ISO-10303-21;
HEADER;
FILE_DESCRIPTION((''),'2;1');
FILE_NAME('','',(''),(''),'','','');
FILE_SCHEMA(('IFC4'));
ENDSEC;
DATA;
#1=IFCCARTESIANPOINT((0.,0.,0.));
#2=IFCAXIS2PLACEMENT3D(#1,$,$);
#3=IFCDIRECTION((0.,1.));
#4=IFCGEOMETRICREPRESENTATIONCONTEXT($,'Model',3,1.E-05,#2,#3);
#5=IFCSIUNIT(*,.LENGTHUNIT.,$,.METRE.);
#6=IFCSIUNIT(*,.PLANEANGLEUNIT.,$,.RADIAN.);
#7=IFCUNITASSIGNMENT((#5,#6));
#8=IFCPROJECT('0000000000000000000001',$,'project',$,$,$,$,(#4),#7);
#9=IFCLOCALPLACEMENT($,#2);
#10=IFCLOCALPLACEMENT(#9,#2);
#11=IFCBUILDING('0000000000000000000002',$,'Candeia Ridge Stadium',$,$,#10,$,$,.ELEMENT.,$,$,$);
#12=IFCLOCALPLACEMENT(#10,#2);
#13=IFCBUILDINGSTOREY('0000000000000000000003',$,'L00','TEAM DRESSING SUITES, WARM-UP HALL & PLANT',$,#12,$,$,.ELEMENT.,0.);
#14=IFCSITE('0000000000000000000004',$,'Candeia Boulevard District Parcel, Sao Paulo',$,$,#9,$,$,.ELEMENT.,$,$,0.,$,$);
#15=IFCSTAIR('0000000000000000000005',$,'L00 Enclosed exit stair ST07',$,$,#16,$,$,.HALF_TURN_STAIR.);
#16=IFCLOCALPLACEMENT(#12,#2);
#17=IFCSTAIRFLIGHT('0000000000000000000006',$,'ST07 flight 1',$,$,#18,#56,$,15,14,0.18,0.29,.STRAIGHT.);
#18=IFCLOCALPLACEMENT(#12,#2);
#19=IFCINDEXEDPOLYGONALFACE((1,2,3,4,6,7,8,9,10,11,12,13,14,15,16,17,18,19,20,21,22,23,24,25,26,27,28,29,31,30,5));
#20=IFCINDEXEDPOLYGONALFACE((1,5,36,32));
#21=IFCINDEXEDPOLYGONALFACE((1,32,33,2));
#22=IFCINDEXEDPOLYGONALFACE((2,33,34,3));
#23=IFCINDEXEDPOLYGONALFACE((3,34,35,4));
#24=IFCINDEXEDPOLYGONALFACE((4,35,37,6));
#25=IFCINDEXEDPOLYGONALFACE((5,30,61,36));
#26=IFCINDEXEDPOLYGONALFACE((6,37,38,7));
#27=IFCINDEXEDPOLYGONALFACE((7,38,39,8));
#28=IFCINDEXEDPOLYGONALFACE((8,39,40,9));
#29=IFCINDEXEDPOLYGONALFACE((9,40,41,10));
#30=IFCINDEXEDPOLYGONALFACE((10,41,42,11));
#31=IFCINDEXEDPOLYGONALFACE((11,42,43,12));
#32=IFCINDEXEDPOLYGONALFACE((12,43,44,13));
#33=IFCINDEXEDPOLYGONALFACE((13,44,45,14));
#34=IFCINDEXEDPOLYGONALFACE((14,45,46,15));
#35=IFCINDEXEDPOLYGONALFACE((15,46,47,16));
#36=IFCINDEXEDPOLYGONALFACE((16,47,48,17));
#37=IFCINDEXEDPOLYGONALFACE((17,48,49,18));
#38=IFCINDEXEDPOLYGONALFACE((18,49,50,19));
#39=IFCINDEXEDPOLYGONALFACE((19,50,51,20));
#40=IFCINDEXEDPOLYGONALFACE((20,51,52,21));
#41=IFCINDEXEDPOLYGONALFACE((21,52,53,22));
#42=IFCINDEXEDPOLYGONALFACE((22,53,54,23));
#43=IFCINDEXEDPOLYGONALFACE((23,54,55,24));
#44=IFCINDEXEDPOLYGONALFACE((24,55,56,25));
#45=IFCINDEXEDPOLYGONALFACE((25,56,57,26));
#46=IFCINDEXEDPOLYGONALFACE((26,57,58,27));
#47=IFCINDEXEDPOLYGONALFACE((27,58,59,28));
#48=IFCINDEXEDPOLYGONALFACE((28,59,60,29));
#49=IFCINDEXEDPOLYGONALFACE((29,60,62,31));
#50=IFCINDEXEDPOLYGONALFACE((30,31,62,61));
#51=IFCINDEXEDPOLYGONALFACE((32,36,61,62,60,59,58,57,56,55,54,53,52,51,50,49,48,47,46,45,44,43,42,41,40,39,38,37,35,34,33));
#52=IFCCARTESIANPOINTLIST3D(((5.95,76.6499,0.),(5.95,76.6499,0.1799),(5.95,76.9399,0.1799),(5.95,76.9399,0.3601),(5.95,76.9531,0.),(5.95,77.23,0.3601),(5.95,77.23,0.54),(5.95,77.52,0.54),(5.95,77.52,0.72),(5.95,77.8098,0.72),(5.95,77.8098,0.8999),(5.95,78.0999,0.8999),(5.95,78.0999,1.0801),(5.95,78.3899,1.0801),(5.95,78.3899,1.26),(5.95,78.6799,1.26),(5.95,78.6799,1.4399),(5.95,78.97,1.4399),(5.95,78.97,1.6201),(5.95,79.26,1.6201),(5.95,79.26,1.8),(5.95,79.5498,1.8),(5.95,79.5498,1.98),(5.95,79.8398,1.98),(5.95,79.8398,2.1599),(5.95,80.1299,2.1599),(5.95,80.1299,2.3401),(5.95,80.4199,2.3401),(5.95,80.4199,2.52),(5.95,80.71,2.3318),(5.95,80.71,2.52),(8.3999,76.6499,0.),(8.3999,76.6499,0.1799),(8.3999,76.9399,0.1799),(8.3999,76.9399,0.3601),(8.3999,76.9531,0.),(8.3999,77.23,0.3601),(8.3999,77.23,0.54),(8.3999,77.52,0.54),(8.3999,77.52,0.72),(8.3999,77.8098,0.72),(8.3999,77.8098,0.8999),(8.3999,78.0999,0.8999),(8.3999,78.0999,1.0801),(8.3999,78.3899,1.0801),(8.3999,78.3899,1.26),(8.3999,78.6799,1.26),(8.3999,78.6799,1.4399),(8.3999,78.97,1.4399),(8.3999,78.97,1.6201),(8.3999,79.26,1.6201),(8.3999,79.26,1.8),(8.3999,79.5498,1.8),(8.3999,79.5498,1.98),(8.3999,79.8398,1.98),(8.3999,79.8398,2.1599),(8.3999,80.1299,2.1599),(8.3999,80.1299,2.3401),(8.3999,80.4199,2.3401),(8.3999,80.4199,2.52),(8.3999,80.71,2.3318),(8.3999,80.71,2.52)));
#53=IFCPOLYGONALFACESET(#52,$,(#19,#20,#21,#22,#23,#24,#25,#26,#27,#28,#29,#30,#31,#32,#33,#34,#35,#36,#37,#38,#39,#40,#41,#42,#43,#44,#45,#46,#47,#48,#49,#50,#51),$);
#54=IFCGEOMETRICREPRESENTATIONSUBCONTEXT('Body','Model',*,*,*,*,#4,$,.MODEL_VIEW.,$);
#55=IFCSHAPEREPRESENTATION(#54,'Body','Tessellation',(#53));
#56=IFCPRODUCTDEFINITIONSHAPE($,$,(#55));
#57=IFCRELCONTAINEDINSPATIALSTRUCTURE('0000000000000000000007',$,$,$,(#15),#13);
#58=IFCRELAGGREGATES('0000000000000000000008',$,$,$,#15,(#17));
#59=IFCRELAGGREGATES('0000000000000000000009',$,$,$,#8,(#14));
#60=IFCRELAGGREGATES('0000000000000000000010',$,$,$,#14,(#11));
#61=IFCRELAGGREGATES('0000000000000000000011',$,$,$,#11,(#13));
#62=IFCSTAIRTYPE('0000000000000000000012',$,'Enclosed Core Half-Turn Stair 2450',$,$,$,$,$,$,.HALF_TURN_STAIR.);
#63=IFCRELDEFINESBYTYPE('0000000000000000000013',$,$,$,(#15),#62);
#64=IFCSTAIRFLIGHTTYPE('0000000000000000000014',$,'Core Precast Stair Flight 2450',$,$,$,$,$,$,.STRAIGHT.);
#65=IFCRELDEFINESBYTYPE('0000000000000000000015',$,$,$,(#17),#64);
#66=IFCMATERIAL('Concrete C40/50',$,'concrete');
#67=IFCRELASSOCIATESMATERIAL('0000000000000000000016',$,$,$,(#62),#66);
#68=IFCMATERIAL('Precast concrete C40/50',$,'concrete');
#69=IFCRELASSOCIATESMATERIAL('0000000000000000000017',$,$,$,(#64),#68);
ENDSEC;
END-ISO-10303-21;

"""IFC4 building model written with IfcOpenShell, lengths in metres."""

from ifc_helpers import new_model, si_unit, direction, frame, origin, place, context, subcontext, project, spatial, polyline, outline, extrude, material, type_object, element, aggregate, save


model = new_model("IFC4")

# Units and contexts
model_context = context("Model", 3, precision=1e-05, world=origin(), true_north=direction((0.0, 1.0)))
body_context = subcontext(model_context, "Body", "Model", "MODEL_VIEW")
ifc_project = project(units=[si_unit("LENGTHUNIT", "METRE"), si_unit("PLANEANGLEUNIT", "RADIAN")], contexts=[model_context])

# Site, building, storey
site_placement = place(None, origin())
site = spatial("IfcSite", under=ifc_project, at=site_placement, Name="Candeia Boulevard District Parcel, Sao Paulo", CompositionType="ELEMENT", RefElevation=0.0)
building_placement = place(site_placement, origin())
building = spatial("IfcBuilding", under=site, at=building_placement, Name="Candeia Ridge Stadium", CompositionType="ELEMENT")
storey_placement = place(building_placement, origin())
storey = spatial("IfcBuildingStorey", under=building, at=storey_placement, Name="L00", Description="TEAM DRESSING SUITES, WARM-UP HALL & PLANT", CompositionType="ELEMENT", Elevation=0.0)

# Shared definitions
ifc_material_1 = material(Name="Concrete C40/50", Category="concrete")

# Stair, stair flight
stair_type = type_object("IfcStairType", Name="Enclosed Core Half-Turn Stair 2450", PredefinedType="HALF_TURN_STAIR", material=ifc_material_1)
stair_placement = place(storey_placement, origin())
stair = element("IfcStair", 1, at=stair_placement, inside=storey, type_object=stair_type, Name="L00 Enclosed exit stair ST07", PredefinedType="HALF_TURN_STAIR")
ifc_material_2 = material(Name="Precast concrete C40/50", Category="concrete")
stair_flight_type = type_object("IfcStairFlightType", Name="Core Precast Stair Flight 2450", PredefinedType="STRAIGHT", material=ifc_material_2)
stair_flight_placement = place(storey_placement, frame((7.175, 76.6499, 0.0), z_axis=(0.0, 0.0, 1.0), x_axis=(0.0, 1.0, 0.0)))
stair_flight = element("IfcStairFlight", 2, at=stair_flight_placement, type_object=stair_flight_type, Name="ST07 flight 1", NumberOfRisers=15, NumberOfTreads=14, PredefinedType="STRAIGHT", RiserHeight=0.18, TreadLength=0.29, context=body_context, shape_type="SweptSolid", body=[
    extrude(outline(polyline([(0.0, 0.0), (0.0, 0.1799), (0.29, 0.1799), (0.29, 0.3601), (0.5801, 0.3601), (0.5801, 0.54), (0.8701, 0.54), (0.8701, 0.72), (1.1599, 0.72), (1.1599, 0.8999), (1.45, 0.8999), (1.45, 1.0801), (1.74, 1.0801), (1.74, 1.26), (2.03, 1.26), (2.03, 1.4399), (2.3201, 1.4399), (2.3201, 1.6201), (2.6101, 1.6201), (2.6101, 1.8), (2.8999, 1.8), (2.8999, 1.98), (3.1899, 1.98), (3.1899, 2.1599), (3.48, 2.1599), (3.48, 2.3401), (3.77, 2.3401), (3.77, 2.52), (4.0601, 2.52), (4.0601, 2.7), (4.0601, 2.3318), (0.3032, 0.0), (0.0, 0.0)])), frame((0.0, 1.2251, 0.0), z_axis=(0.0, -1.0, 0.0), x_axis=(1.0, 0.0, 0.0)), (0.0, 0.0, 1.0), 2.45),
])
aggregate(stair, [stair_flight])

save(model, "model.ifc")
